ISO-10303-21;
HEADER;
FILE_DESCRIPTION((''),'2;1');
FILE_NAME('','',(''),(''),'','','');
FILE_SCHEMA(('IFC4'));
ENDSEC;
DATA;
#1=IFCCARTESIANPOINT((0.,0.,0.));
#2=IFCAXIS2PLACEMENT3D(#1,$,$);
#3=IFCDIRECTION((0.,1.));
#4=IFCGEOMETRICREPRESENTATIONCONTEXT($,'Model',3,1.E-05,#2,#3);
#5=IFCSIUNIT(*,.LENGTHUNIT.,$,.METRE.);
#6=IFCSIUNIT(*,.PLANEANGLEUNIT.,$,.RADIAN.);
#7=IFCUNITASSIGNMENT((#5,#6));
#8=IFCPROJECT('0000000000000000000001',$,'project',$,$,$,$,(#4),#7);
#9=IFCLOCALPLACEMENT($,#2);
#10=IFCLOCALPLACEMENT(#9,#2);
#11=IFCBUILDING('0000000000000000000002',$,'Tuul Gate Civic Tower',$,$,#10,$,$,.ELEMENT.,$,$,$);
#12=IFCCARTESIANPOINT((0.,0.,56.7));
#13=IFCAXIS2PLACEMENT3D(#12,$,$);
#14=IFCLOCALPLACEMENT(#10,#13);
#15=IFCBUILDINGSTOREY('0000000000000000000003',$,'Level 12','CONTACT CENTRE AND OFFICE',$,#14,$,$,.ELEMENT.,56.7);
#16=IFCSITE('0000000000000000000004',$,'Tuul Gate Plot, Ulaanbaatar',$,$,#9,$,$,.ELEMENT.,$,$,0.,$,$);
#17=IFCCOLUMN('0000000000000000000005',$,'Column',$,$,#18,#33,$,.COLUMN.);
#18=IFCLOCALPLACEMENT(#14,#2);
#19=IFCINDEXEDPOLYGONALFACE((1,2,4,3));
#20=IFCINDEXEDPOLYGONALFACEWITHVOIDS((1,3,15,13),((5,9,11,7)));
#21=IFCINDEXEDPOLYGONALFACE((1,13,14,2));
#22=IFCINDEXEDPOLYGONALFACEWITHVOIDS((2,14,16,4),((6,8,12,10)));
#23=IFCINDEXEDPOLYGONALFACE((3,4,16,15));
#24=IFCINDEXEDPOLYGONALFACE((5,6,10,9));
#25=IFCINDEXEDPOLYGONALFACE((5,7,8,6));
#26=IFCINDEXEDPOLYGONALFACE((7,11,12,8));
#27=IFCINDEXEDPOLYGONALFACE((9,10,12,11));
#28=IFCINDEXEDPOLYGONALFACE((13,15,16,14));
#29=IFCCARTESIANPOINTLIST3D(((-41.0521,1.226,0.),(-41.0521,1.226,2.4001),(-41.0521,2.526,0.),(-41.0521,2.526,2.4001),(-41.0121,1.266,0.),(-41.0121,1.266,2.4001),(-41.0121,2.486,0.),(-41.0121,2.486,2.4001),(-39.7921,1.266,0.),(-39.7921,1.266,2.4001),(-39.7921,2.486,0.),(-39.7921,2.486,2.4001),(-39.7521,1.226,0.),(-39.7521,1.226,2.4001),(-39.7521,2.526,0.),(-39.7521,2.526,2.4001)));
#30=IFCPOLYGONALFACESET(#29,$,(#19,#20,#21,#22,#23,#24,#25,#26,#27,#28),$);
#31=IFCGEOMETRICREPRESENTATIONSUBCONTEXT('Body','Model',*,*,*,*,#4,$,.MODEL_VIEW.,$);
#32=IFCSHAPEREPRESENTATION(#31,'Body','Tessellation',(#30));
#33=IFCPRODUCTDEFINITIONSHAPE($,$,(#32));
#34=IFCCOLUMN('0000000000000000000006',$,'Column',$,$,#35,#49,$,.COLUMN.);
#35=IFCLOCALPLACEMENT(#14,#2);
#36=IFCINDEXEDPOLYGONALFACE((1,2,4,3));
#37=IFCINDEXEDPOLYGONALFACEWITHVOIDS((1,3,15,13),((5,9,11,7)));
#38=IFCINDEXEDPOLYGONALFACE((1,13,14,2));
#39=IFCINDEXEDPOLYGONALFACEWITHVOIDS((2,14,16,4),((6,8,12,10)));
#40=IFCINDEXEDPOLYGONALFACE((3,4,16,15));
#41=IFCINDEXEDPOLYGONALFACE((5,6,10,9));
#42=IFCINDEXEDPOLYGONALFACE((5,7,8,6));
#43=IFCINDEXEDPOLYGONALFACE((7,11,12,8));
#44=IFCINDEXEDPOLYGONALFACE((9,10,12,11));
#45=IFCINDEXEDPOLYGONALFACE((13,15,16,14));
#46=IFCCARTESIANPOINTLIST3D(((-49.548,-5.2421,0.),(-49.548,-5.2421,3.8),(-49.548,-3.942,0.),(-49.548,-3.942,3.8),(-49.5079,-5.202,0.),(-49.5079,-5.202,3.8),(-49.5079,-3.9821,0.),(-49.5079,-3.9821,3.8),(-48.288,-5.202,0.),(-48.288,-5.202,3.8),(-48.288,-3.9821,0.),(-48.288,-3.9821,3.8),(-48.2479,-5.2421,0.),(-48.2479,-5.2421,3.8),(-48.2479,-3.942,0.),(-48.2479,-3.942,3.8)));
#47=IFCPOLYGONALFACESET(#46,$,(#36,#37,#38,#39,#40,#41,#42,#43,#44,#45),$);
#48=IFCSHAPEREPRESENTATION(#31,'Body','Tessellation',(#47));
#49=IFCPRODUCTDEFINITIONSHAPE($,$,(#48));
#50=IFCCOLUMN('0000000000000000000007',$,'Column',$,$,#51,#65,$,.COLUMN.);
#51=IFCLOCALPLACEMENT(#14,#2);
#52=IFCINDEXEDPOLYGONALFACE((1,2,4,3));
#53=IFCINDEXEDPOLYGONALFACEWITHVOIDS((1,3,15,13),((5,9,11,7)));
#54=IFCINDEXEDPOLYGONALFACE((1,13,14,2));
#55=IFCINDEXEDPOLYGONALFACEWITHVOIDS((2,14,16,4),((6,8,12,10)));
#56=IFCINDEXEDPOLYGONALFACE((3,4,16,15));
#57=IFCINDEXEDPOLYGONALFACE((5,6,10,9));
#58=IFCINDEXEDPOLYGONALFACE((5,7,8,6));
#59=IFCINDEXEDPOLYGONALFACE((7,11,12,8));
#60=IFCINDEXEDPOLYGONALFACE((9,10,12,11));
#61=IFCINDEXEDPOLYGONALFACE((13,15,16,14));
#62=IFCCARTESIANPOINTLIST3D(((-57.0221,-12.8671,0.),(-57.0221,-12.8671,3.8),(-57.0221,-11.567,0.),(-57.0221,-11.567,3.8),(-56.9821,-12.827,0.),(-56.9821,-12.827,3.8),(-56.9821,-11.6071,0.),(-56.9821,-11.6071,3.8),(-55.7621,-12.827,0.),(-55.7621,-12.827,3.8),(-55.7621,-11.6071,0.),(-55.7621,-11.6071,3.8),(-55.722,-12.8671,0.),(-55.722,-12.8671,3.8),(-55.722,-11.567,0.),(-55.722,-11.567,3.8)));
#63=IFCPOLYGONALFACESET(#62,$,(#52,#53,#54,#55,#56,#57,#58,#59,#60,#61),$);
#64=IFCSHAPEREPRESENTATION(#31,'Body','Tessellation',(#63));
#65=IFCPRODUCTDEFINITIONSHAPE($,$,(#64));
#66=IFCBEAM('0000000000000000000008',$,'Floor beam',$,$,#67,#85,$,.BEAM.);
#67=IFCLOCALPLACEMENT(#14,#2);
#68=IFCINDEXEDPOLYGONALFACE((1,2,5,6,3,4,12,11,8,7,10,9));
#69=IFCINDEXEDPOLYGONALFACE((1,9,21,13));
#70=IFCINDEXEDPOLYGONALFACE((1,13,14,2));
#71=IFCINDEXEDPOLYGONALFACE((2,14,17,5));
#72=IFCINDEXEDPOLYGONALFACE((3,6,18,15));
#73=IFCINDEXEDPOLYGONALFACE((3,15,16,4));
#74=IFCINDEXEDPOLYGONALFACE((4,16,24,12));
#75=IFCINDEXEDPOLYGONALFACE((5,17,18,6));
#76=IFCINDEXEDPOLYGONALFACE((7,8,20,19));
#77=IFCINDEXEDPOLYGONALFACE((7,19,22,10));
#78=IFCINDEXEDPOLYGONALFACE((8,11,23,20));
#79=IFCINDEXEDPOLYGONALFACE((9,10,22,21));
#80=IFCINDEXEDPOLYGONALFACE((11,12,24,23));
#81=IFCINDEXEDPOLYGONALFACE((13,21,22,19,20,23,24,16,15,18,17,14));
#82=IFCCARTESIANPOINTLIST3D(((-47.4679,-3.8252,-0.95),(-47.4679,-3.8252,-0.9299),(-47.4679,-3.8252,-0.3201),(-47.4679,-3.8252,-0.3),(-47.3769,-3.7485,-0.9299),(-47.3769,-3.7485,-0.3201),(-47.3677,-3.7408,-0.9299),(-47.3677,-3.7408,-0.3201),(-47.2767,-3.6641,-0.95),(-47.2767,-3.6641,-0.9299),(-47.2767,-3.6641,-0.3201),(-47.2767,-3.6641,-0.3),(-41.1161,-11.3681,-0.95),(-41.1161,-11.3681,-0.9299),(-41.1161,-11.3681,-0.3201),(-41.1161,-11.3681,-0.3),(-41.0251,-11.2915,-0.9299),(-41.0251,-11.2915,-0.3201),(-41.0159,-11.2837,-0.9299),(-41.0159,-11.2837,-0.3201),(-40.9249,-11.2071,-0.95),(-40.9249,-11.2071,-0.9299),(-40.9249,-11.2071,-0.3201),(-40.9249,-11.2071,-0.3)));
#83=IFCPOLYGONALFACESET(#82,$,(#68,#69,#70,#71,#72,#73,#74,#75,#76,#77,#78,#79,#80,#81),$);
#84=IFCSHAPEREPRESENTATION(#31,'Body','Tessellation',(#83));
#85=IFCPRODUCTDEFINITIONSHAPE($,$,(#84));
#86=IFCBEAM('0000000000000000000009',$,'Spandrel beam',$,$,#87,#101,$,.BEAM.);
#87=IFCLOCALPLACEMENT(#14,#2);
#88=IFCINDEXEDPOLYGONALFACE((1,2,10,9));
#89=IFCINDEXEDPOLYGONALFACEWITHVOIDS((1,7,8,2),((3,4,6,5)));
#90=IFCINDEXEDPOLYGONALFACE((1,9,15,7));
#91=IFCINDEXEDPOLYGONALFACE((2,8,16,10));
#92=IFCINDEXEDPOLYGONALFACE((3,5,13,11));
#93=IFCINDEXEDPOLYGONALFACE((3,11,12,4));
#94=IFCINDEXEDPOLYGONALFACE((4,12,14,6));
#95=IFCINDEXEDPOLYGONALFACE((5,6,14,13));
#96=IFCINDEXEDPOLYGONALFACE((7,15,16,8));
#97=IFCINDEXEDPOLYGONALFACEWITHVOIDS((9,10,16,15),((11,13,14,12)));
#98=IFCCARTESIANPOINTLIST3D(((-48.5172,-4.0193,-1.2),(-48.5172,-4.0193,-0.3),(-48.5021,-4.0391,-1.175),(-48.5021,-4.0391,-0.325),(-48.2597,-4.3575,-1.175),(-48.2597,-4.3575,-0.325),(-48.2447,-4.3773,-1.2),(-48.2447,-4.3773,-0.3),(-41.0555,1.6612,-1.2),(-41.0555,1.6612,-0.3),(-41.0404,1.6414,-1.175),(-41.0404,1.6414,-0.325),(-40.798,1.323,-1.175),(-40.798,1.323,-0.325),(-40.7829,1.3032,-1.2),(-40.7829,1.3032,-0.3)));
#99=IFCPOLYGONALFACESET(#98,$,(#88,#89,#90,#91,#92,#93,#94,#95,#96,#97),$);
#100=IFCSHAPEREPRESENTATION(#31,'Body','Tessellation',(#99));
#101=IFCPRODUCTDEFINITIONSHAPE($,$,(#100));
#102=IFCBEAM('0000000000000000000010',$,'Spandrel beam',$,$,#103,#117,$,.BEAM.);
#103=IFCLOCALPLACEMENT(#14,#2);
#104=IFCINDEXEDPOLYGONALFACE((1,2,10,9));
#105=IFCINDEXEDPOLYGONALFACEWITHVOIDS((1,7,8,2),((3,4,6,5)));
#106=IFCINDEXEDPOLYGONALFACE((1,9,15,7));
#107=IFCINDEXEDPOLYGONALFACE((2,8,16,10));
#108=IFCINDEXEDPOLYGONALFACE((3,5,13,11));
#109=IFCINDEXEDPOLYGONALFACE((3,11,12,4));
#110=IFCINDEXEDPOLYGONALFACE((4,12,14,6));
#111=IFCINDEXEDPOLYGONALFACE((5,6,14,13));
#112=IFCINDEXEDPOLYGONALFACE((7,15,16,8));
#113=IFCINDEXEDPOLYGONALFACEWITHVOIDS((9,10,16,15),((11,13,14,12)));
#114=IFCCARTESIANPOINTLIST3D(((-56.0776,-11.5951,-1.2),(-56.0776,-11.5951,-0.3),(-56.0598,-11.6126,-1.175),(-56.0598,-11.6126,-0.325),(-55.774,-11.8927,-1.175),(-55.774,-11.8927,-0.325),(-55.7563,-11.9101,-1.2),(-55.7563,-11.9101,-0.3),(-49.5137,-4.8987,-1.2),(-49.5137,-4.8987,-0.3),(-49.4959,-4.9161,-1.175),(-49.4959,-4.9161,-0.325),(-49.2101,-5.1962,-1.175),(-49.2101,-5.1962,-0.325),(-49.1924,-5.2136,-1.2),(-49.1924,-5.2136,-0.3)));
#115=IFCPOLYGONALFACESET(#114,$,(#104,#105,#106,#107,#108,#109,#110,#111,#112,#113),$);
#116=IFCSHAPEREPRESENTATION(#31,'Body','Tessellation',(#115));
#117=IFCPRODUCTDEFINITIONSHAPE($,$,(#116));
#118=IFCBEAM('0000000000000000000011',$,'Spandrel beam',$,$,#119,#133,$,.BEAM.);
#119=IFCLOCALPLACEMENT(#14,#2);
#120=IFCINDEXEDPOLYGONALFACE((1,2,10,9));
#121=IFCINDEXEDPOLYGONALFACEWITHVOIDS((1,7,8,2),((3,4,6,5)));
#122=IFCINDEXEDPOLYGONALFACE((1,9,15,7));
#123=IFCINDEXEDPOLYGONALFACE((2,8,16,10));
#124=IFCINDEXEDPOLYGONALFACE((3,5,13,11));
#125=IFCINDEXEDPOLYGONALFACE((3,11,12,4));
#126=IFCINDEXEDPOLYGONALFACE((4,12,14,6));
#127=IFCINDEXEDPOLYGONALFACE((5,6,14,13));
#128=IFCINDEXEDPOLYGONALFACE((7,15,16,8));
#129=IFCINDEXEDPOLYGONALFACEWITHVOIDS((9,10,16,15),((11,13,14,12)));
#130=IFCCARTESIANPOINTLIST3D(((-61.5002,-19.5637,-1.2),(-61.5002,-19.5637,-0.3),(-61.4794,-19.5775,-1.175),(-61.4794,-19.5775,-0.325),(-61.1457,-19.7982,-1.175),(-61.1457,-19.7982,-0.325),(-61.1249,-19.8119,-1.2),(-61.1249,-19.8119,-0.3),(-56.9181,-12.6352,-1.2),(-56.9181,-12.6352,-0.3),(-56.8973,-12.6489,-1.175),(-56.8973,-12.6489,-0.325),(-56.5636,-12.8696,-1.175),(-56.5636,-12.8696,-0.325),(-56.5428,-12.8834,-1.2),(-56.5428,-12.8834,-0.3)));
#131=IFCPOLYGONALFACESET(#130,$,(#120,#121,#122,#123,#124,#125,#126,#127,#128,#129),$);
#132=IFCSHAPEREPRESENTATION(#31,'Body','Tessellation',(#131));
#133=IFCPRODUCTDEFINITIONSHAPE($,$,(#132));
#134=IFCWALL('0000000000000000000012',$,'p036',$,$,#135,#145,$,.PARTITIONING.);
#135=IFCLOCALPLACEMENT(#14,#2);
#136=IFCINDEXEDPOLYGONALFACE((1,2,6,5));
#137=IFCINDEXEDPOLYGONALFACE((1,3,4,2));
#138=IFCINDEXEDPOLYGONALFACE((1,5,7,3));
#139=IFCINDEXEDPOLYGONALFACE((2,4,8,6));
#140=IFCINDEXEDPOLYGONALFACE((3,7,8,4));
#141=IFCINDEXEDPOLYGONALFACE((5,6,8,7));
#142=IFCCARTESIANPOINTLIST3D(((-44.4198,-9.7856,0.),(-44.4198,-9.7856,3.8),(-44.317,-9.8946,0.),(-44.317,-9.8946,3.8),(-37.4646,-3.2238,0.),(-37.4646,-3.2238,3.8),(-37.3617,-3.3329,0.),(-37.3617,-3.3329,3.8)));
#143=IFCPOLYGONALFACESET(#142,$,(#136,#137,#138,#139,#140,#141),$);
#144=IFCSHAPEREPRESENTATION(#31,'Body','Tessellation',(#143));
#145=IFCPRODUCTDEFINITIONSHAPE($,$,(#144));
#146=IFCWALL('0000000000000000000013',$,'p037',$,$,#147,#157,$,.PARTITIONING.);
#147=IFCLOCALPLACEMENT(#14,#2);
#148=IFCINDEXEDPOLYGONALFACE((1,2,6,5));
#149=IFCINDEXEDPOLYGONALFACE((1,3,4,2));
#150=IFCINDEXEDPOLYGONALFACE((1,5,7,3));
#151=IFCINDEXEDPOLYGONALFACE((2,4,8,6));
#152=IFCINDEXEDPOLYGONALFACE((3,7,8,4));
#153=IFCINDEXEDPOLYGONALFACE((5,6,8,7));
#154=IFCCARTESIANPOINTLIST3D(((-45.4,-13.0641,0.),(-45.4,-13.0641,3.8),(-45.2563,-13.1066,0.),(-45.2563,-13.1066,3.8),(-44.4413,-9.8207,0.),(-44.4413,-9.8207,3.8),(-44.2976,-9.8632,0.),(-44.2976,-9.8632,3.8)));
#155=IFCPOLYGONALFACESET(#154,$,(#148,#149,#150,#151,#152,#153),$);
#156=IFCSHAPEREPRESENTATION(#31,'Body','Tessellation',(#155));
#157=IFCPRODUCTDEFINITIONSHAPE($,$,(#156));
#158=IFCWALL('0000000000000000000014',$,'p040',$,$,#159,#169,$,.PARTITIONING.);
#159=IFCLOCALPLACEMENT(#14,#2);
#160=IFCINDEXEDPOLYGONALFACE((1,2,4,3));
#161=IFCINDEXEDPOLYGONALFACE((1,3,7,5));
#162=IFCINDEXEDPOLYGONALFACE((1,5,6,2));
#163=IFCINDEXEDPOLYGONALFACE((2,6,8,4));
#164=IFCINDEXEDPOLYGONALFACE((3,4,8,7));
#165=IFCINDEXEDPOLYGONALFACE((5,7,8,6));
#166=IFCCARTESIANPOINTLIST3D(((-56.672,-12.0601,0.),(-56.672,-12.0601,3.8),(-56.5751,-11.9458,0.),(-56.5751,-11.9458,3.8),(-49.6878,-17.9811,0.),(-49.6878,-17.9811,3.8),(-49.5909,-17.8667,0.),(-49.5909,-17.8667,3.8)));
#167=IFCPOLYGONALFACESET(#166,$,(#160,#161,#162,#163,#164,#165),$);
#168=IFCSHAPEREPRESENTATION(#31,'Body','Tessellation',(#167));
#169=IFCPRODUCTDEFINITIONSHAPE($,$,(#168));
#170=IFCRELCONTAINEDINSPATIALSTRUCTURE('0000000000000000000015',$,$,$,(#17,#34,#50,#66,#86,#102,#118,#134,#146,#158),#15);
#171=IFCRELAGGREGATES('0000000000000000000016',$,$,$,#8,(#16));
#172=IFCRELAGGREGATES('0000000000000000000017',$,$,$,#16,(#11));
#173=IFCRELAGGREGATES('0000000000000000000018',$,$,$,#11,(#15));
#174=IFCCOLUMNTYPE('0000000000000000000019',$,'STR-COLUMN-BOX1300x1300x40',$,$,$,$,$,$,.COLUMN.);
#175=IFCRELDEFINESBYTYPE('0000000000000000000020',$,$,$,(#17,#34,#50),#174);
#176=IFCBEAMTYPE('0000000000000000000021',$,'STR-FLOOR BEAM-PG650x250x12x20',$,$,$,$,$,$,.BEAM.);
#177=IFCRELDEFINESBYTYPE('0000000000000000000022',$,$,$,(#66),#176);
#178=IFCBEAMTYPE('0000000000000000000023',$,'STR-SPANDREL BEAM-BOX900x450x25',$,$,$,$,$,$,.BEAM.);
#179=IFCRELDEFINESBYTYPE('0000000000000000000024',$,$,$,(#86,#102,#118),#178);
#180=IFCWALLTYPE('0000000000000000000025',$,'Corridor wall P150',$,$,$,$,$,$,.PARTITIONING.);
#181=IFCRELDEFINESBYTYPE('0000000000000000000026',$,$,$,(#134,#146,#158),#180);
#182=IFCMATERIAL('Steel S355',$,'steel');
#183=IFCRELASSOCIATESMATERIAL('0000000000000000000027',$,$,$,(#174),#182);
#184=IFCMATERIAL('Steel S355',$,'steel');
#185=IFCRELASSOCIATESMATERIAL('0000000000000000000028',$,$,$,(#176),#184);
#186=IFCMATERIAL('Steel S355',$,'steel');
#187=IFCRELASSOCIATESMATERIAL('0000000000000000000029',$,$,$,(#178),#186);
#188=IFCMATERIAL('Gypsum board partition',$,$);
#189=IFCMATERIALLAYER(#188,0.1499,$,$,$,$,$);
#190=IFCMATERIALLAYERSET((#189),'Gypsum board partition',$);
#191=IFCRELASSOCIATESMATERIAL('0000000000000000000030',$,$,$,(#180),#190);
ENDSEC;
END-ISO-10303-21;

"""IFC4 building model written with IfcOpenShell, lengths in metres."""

from ifc_helpers import new_model, si_unit, direction, frame, frame_2d, origin, origin_2d, place, context, subcontext, project, spatial, rectangle, hollow_rectangle, i_section, extrude, material, layer, layer_set, material_profile, profile_set, type_object, element, save


model = new_model("IFC4")

# Units and contexts
model_context = context("Model", 3, precision=1e-05, world=origin(), true_north=direction((0.0, 1.0)))
body_context = subcontext(model_context, "Body", "Model", "MODEL_VIEW")
ifc_project = project(units=[si_unit("LENGTHUNIT", "METRE"), si_unit("PLANEANGLEUNIT", "RADIAN")], contexts=[model_context])

# Site, building, storey
site_placement = place(None, origin())
site = spatial("IfcSite", under=ifc_project, at=site_placement, Name="Tuul Gate Plot, Ulaanbaatar", CompositionType="ELEMENT", RefElevation=0.0)
building_placement = place(site_placement, origin())
building = spatial("IfcBuilding", under=site, at=building_placement, Name="Tuul Gate Civic Tower", CompositionType="ELEMENT")
storey_placement = place(building_placement, frame((0.0, 0.0, 56.7)))
storey = spatial("IfcBuildingStorey", under=building, at=storey_placement, Name="Level 12", Description="CONTACT CENTRE AND OFFICE", CompositionType="ELEMENT", Elevation=56.7)

# Columns
ifc_material_1 = material(Name="Steel S355", Category="steel")
ifc_material_profile_1 = material_profile(ifc_material_1, hollow_rectangle(XDim=1.3, YDim=1.3, WallThickness=0.04, at=origin_2d()), Name="BOX1300x1300x40")
ifc_profile_set_1 = profile_set([ifc_material_profile_1], Name="Steel S355")
column_type = type_object("IfcColumnType", Name="STR-COLUMN-BOX1300x1300x40", PredefinedType="COLUMN", material=ifc_profile_set_1)
column_placement = place(storey_placement, frame((-40.4021, 1.876, 0.0), z_axis=(0.0, 0.0, 1.0), x_axis=(1.0, 0.0, 0.0)))
element("IfcColumn", 1, at=column_placement, inside=storey, type_object=column_type, Name="Column", PredefinedType="COLUMN", context=body_context, shape_type="SweptSolid", body=[
    extrude(hollow_rectangle(XDim=1.3, YDim=1.3, WallThickness=0.04, at=origin_2d()), origin(), (0.0, 0.0, 1.0), 2.4001),
])
for number, where, z_axis, x_axis, name in (
    (2, (-48.8979, -4.592, 0.0), (0.0, 0.0, 1.0), (1.0, 0.0, 0.0), "Column"),
    (3, (-56.3721, -12.217, 0.0), (0.0, 0.0, 1.0), (1.0, 0.0, 0.0), "Column"),
):
    element("IfcColumn", number, at=place(storey_placement, frame(where, z_axis=z_axis, x_axis=x_axis)), inside=storey, type_object=column_type, Name=name, PredefinedType="COLUMN", context=body_context, shape_type="SweptSolid", body=[
        extrude(hollow_rectangle(XDim=1.3, YDim=1.3, WallThickness=0.04, at=origin_2d()), origin(), (0.0, 0.0, 1.0), 3.8),
    ])

# Beams
ifc_material_2 = material(Name="Steel S355", Category="steel")
ifc_material_profile_2 = material_profile(ifc_material_2, i_section(OverallWidth=0.25, OverallDepth=0.6499, WebThickness=0.012, FlangeThickness=0.02, at=origin_2d()), Name="PG650x250x12x20")
ifc_profile_set_2 = profile_set([ifc_material_profile_2], Name="Steel S355")
beam_type_1 = type_object("IfcBeamType", Name="STR-FLOOR BEAM-PG650x250x12x20", PredefinedType="BEAM", material=ifc_profile_set_2)
beam_1_placement = place(storey_placement, frame((-41.0205, -11.2876, -0.625), z_axis=(-0.644126, 0.76492, 0.0), x_axis=(-0.76492, -0.644126, 0.0)))
element("IfcBeam", 4, at=beam_1_placement, inside=storey, type_object=beam_type_1, Name="Floor beam", PredefinedType="BEAM", context=body_context, shape_type="SweptSolid", body=[
    extrude(i_section(OverallWidth=0.25, OverallDepth=0.6499, WebThickness=0.012, FlangeThickness=0.02, at=origin_2d()), origin(), (0.0, 0.0, 1.0), 9.8611),
])
ifc_material_3 = material(Name="Steel S355", Category="steel")
ifc_material_profile_3 = material_profile(ifc_material_3, hollow_rectangle(XDim=0.45, YDim=0.8999, WallThickness=0.0249, at=origin_2d()), Name="BOX900x450x25")
ifc_profile_set_3 = profile_set([ifc_material_profile_3], Name="Steel S355")
beam_type_2 = type_object("IfcBeamType", Name="STR-SPANDREL BEAM-BOX900x450x25", PredefinedType="BEAM", material=ifc_profile_set_3)
beam_2_placement = place(storey_placement, frame((-40.9192, 1.4822, -0.75), z_axis=(-0.795671, -0.605729, 0.0), x_axis=(0.605729, -0.795671, 0.0)))
element("IfcBeam", 5, at=beam_2_placement, inside=storey, type_object=beam_type_2, Name="Spandrel beam", PredefinedType="BEAM", context=body_context, shape_type="SweptSolid", body=[
    extrude(hollow_rectangle(XDim=0.45, YDim=0.8999, WallThickness=0.0249, at=origin_2d()), origin(), (0.0, 0.0, 1.0), 9.3779),
])
beam_3_placement = place(storey_placement, frame((-49.353, -5.0562, -0.75), z_axis=(-0.700003, -0.71414, 0.0), x_axis=(0.71414, -0.700003, 0.0)))
element("IfcBeam", 6, at=beam_3_placement, inside=storey, type_object=beam_type_2, Name="Spandrel beam", PredefinedType="BEAM", context=body_context, shape_type="SweptSolid", body=[
    extrude(hollow_rectangle(XDim=0.45, YDim=0.8999, WallThickness=0.0249, at=origin_2d()), origin(), (0.0, 0.0, 1.0), 9.377),
])
beam_4_placement = place(storey_placement, frame((-56.7305, -12.7593, -0.75), z_axis=(-0.551617, -0.834097, 0.0), x_axis=(0.834097, -0.551617, 0.0)))
element("IfcBeam", 7, at=beam_4_placement, inside=storey, type_object=beam_type_2, Name="Spandrel beam", PredefinedType="BEAM", context=body_context, shape_type="SweptSolid", body=[
    extrude(hollow_rectangle(XDim=0.45, YDim=0.8999, WallThickness=0.0249, at=origin_2d()), origin(), (0.0, 0.0, 1.0), 8.3066),
])

# Walls
ifc_material_4 = material(Name="Gypsum board partition")
ifc_layer_1 = layer(ifc_material_4, 0.1499)
ifc_layer_set_1 = layer_set([ifc_layer_1], Name="Gypsum board partition")
wall_type_1 = type_object("IfcWallType", Name="Corridor wall P150", PredefinedType="PARTITIONING", material=ifc_layer_set_1)
wall_1_placement = place(storey_placement, frame((-44.3684, -9.8401, 0.0), z_axis=(0.0, 0.0, 1.0), x_axis=(0.727386, 0.686228, 0.0)))
element("IfcWall", 8, at=wall_1_placement, inside=storey, type_object=wall_type_1, Name="p036", PredefinedType="PARTITIONING", context=body_context, shape_type="SweptSolid", body=[
    extrude(rectangle(XDim=9.562, YDim=0.1499, at=frame_2d((4.781, 0.0))), origin(), (0.0, 0.0, 1.0), 3.8),
])
wall_2_placement = place(storey_placement, frame((-45.3281, -13.0852, 0.0), z_axis=(0.0, 0.0, 1.0), x_axis=(0.283471, 0.958981, 0.0)))
element("IfcWall", 9, at=wall_2_placement, inside=storey, type_object=wall_type_1, Name="p037", PredefinedType="PARTITIONING", context=body_context, shape_type="SweptSolid", body=[
    extrude(rectangle(XDim=3.3821, YDim=0.1499, at=frame_2d((1.6909, 0.0))), origin(), (0.0, 0.0, 1.0), 3.8),
])
wall_3_placement = place(storey_placement, frame((-56.6235, -12.0029, 0.0), z_axis=(0.0, 0.0, 1.0), x_axis=(0.76278, -0.646658, 0.0)))
element("IfcWall", 10, at=wall_3_placement, inside=storey, type_object=wall_type_1, Name="p040", PredefinedType="PARTITIONING", context=body_context, shape_type="SweptSolid", body=[
    extrude(rectangle(XDim=9.1562, YDim=0.1499, at=frame_2d((4.5781, 0.0))), origin(), (0.0, 0.0, 1.0), 3.8),
])

save(model, "model.ifc")
